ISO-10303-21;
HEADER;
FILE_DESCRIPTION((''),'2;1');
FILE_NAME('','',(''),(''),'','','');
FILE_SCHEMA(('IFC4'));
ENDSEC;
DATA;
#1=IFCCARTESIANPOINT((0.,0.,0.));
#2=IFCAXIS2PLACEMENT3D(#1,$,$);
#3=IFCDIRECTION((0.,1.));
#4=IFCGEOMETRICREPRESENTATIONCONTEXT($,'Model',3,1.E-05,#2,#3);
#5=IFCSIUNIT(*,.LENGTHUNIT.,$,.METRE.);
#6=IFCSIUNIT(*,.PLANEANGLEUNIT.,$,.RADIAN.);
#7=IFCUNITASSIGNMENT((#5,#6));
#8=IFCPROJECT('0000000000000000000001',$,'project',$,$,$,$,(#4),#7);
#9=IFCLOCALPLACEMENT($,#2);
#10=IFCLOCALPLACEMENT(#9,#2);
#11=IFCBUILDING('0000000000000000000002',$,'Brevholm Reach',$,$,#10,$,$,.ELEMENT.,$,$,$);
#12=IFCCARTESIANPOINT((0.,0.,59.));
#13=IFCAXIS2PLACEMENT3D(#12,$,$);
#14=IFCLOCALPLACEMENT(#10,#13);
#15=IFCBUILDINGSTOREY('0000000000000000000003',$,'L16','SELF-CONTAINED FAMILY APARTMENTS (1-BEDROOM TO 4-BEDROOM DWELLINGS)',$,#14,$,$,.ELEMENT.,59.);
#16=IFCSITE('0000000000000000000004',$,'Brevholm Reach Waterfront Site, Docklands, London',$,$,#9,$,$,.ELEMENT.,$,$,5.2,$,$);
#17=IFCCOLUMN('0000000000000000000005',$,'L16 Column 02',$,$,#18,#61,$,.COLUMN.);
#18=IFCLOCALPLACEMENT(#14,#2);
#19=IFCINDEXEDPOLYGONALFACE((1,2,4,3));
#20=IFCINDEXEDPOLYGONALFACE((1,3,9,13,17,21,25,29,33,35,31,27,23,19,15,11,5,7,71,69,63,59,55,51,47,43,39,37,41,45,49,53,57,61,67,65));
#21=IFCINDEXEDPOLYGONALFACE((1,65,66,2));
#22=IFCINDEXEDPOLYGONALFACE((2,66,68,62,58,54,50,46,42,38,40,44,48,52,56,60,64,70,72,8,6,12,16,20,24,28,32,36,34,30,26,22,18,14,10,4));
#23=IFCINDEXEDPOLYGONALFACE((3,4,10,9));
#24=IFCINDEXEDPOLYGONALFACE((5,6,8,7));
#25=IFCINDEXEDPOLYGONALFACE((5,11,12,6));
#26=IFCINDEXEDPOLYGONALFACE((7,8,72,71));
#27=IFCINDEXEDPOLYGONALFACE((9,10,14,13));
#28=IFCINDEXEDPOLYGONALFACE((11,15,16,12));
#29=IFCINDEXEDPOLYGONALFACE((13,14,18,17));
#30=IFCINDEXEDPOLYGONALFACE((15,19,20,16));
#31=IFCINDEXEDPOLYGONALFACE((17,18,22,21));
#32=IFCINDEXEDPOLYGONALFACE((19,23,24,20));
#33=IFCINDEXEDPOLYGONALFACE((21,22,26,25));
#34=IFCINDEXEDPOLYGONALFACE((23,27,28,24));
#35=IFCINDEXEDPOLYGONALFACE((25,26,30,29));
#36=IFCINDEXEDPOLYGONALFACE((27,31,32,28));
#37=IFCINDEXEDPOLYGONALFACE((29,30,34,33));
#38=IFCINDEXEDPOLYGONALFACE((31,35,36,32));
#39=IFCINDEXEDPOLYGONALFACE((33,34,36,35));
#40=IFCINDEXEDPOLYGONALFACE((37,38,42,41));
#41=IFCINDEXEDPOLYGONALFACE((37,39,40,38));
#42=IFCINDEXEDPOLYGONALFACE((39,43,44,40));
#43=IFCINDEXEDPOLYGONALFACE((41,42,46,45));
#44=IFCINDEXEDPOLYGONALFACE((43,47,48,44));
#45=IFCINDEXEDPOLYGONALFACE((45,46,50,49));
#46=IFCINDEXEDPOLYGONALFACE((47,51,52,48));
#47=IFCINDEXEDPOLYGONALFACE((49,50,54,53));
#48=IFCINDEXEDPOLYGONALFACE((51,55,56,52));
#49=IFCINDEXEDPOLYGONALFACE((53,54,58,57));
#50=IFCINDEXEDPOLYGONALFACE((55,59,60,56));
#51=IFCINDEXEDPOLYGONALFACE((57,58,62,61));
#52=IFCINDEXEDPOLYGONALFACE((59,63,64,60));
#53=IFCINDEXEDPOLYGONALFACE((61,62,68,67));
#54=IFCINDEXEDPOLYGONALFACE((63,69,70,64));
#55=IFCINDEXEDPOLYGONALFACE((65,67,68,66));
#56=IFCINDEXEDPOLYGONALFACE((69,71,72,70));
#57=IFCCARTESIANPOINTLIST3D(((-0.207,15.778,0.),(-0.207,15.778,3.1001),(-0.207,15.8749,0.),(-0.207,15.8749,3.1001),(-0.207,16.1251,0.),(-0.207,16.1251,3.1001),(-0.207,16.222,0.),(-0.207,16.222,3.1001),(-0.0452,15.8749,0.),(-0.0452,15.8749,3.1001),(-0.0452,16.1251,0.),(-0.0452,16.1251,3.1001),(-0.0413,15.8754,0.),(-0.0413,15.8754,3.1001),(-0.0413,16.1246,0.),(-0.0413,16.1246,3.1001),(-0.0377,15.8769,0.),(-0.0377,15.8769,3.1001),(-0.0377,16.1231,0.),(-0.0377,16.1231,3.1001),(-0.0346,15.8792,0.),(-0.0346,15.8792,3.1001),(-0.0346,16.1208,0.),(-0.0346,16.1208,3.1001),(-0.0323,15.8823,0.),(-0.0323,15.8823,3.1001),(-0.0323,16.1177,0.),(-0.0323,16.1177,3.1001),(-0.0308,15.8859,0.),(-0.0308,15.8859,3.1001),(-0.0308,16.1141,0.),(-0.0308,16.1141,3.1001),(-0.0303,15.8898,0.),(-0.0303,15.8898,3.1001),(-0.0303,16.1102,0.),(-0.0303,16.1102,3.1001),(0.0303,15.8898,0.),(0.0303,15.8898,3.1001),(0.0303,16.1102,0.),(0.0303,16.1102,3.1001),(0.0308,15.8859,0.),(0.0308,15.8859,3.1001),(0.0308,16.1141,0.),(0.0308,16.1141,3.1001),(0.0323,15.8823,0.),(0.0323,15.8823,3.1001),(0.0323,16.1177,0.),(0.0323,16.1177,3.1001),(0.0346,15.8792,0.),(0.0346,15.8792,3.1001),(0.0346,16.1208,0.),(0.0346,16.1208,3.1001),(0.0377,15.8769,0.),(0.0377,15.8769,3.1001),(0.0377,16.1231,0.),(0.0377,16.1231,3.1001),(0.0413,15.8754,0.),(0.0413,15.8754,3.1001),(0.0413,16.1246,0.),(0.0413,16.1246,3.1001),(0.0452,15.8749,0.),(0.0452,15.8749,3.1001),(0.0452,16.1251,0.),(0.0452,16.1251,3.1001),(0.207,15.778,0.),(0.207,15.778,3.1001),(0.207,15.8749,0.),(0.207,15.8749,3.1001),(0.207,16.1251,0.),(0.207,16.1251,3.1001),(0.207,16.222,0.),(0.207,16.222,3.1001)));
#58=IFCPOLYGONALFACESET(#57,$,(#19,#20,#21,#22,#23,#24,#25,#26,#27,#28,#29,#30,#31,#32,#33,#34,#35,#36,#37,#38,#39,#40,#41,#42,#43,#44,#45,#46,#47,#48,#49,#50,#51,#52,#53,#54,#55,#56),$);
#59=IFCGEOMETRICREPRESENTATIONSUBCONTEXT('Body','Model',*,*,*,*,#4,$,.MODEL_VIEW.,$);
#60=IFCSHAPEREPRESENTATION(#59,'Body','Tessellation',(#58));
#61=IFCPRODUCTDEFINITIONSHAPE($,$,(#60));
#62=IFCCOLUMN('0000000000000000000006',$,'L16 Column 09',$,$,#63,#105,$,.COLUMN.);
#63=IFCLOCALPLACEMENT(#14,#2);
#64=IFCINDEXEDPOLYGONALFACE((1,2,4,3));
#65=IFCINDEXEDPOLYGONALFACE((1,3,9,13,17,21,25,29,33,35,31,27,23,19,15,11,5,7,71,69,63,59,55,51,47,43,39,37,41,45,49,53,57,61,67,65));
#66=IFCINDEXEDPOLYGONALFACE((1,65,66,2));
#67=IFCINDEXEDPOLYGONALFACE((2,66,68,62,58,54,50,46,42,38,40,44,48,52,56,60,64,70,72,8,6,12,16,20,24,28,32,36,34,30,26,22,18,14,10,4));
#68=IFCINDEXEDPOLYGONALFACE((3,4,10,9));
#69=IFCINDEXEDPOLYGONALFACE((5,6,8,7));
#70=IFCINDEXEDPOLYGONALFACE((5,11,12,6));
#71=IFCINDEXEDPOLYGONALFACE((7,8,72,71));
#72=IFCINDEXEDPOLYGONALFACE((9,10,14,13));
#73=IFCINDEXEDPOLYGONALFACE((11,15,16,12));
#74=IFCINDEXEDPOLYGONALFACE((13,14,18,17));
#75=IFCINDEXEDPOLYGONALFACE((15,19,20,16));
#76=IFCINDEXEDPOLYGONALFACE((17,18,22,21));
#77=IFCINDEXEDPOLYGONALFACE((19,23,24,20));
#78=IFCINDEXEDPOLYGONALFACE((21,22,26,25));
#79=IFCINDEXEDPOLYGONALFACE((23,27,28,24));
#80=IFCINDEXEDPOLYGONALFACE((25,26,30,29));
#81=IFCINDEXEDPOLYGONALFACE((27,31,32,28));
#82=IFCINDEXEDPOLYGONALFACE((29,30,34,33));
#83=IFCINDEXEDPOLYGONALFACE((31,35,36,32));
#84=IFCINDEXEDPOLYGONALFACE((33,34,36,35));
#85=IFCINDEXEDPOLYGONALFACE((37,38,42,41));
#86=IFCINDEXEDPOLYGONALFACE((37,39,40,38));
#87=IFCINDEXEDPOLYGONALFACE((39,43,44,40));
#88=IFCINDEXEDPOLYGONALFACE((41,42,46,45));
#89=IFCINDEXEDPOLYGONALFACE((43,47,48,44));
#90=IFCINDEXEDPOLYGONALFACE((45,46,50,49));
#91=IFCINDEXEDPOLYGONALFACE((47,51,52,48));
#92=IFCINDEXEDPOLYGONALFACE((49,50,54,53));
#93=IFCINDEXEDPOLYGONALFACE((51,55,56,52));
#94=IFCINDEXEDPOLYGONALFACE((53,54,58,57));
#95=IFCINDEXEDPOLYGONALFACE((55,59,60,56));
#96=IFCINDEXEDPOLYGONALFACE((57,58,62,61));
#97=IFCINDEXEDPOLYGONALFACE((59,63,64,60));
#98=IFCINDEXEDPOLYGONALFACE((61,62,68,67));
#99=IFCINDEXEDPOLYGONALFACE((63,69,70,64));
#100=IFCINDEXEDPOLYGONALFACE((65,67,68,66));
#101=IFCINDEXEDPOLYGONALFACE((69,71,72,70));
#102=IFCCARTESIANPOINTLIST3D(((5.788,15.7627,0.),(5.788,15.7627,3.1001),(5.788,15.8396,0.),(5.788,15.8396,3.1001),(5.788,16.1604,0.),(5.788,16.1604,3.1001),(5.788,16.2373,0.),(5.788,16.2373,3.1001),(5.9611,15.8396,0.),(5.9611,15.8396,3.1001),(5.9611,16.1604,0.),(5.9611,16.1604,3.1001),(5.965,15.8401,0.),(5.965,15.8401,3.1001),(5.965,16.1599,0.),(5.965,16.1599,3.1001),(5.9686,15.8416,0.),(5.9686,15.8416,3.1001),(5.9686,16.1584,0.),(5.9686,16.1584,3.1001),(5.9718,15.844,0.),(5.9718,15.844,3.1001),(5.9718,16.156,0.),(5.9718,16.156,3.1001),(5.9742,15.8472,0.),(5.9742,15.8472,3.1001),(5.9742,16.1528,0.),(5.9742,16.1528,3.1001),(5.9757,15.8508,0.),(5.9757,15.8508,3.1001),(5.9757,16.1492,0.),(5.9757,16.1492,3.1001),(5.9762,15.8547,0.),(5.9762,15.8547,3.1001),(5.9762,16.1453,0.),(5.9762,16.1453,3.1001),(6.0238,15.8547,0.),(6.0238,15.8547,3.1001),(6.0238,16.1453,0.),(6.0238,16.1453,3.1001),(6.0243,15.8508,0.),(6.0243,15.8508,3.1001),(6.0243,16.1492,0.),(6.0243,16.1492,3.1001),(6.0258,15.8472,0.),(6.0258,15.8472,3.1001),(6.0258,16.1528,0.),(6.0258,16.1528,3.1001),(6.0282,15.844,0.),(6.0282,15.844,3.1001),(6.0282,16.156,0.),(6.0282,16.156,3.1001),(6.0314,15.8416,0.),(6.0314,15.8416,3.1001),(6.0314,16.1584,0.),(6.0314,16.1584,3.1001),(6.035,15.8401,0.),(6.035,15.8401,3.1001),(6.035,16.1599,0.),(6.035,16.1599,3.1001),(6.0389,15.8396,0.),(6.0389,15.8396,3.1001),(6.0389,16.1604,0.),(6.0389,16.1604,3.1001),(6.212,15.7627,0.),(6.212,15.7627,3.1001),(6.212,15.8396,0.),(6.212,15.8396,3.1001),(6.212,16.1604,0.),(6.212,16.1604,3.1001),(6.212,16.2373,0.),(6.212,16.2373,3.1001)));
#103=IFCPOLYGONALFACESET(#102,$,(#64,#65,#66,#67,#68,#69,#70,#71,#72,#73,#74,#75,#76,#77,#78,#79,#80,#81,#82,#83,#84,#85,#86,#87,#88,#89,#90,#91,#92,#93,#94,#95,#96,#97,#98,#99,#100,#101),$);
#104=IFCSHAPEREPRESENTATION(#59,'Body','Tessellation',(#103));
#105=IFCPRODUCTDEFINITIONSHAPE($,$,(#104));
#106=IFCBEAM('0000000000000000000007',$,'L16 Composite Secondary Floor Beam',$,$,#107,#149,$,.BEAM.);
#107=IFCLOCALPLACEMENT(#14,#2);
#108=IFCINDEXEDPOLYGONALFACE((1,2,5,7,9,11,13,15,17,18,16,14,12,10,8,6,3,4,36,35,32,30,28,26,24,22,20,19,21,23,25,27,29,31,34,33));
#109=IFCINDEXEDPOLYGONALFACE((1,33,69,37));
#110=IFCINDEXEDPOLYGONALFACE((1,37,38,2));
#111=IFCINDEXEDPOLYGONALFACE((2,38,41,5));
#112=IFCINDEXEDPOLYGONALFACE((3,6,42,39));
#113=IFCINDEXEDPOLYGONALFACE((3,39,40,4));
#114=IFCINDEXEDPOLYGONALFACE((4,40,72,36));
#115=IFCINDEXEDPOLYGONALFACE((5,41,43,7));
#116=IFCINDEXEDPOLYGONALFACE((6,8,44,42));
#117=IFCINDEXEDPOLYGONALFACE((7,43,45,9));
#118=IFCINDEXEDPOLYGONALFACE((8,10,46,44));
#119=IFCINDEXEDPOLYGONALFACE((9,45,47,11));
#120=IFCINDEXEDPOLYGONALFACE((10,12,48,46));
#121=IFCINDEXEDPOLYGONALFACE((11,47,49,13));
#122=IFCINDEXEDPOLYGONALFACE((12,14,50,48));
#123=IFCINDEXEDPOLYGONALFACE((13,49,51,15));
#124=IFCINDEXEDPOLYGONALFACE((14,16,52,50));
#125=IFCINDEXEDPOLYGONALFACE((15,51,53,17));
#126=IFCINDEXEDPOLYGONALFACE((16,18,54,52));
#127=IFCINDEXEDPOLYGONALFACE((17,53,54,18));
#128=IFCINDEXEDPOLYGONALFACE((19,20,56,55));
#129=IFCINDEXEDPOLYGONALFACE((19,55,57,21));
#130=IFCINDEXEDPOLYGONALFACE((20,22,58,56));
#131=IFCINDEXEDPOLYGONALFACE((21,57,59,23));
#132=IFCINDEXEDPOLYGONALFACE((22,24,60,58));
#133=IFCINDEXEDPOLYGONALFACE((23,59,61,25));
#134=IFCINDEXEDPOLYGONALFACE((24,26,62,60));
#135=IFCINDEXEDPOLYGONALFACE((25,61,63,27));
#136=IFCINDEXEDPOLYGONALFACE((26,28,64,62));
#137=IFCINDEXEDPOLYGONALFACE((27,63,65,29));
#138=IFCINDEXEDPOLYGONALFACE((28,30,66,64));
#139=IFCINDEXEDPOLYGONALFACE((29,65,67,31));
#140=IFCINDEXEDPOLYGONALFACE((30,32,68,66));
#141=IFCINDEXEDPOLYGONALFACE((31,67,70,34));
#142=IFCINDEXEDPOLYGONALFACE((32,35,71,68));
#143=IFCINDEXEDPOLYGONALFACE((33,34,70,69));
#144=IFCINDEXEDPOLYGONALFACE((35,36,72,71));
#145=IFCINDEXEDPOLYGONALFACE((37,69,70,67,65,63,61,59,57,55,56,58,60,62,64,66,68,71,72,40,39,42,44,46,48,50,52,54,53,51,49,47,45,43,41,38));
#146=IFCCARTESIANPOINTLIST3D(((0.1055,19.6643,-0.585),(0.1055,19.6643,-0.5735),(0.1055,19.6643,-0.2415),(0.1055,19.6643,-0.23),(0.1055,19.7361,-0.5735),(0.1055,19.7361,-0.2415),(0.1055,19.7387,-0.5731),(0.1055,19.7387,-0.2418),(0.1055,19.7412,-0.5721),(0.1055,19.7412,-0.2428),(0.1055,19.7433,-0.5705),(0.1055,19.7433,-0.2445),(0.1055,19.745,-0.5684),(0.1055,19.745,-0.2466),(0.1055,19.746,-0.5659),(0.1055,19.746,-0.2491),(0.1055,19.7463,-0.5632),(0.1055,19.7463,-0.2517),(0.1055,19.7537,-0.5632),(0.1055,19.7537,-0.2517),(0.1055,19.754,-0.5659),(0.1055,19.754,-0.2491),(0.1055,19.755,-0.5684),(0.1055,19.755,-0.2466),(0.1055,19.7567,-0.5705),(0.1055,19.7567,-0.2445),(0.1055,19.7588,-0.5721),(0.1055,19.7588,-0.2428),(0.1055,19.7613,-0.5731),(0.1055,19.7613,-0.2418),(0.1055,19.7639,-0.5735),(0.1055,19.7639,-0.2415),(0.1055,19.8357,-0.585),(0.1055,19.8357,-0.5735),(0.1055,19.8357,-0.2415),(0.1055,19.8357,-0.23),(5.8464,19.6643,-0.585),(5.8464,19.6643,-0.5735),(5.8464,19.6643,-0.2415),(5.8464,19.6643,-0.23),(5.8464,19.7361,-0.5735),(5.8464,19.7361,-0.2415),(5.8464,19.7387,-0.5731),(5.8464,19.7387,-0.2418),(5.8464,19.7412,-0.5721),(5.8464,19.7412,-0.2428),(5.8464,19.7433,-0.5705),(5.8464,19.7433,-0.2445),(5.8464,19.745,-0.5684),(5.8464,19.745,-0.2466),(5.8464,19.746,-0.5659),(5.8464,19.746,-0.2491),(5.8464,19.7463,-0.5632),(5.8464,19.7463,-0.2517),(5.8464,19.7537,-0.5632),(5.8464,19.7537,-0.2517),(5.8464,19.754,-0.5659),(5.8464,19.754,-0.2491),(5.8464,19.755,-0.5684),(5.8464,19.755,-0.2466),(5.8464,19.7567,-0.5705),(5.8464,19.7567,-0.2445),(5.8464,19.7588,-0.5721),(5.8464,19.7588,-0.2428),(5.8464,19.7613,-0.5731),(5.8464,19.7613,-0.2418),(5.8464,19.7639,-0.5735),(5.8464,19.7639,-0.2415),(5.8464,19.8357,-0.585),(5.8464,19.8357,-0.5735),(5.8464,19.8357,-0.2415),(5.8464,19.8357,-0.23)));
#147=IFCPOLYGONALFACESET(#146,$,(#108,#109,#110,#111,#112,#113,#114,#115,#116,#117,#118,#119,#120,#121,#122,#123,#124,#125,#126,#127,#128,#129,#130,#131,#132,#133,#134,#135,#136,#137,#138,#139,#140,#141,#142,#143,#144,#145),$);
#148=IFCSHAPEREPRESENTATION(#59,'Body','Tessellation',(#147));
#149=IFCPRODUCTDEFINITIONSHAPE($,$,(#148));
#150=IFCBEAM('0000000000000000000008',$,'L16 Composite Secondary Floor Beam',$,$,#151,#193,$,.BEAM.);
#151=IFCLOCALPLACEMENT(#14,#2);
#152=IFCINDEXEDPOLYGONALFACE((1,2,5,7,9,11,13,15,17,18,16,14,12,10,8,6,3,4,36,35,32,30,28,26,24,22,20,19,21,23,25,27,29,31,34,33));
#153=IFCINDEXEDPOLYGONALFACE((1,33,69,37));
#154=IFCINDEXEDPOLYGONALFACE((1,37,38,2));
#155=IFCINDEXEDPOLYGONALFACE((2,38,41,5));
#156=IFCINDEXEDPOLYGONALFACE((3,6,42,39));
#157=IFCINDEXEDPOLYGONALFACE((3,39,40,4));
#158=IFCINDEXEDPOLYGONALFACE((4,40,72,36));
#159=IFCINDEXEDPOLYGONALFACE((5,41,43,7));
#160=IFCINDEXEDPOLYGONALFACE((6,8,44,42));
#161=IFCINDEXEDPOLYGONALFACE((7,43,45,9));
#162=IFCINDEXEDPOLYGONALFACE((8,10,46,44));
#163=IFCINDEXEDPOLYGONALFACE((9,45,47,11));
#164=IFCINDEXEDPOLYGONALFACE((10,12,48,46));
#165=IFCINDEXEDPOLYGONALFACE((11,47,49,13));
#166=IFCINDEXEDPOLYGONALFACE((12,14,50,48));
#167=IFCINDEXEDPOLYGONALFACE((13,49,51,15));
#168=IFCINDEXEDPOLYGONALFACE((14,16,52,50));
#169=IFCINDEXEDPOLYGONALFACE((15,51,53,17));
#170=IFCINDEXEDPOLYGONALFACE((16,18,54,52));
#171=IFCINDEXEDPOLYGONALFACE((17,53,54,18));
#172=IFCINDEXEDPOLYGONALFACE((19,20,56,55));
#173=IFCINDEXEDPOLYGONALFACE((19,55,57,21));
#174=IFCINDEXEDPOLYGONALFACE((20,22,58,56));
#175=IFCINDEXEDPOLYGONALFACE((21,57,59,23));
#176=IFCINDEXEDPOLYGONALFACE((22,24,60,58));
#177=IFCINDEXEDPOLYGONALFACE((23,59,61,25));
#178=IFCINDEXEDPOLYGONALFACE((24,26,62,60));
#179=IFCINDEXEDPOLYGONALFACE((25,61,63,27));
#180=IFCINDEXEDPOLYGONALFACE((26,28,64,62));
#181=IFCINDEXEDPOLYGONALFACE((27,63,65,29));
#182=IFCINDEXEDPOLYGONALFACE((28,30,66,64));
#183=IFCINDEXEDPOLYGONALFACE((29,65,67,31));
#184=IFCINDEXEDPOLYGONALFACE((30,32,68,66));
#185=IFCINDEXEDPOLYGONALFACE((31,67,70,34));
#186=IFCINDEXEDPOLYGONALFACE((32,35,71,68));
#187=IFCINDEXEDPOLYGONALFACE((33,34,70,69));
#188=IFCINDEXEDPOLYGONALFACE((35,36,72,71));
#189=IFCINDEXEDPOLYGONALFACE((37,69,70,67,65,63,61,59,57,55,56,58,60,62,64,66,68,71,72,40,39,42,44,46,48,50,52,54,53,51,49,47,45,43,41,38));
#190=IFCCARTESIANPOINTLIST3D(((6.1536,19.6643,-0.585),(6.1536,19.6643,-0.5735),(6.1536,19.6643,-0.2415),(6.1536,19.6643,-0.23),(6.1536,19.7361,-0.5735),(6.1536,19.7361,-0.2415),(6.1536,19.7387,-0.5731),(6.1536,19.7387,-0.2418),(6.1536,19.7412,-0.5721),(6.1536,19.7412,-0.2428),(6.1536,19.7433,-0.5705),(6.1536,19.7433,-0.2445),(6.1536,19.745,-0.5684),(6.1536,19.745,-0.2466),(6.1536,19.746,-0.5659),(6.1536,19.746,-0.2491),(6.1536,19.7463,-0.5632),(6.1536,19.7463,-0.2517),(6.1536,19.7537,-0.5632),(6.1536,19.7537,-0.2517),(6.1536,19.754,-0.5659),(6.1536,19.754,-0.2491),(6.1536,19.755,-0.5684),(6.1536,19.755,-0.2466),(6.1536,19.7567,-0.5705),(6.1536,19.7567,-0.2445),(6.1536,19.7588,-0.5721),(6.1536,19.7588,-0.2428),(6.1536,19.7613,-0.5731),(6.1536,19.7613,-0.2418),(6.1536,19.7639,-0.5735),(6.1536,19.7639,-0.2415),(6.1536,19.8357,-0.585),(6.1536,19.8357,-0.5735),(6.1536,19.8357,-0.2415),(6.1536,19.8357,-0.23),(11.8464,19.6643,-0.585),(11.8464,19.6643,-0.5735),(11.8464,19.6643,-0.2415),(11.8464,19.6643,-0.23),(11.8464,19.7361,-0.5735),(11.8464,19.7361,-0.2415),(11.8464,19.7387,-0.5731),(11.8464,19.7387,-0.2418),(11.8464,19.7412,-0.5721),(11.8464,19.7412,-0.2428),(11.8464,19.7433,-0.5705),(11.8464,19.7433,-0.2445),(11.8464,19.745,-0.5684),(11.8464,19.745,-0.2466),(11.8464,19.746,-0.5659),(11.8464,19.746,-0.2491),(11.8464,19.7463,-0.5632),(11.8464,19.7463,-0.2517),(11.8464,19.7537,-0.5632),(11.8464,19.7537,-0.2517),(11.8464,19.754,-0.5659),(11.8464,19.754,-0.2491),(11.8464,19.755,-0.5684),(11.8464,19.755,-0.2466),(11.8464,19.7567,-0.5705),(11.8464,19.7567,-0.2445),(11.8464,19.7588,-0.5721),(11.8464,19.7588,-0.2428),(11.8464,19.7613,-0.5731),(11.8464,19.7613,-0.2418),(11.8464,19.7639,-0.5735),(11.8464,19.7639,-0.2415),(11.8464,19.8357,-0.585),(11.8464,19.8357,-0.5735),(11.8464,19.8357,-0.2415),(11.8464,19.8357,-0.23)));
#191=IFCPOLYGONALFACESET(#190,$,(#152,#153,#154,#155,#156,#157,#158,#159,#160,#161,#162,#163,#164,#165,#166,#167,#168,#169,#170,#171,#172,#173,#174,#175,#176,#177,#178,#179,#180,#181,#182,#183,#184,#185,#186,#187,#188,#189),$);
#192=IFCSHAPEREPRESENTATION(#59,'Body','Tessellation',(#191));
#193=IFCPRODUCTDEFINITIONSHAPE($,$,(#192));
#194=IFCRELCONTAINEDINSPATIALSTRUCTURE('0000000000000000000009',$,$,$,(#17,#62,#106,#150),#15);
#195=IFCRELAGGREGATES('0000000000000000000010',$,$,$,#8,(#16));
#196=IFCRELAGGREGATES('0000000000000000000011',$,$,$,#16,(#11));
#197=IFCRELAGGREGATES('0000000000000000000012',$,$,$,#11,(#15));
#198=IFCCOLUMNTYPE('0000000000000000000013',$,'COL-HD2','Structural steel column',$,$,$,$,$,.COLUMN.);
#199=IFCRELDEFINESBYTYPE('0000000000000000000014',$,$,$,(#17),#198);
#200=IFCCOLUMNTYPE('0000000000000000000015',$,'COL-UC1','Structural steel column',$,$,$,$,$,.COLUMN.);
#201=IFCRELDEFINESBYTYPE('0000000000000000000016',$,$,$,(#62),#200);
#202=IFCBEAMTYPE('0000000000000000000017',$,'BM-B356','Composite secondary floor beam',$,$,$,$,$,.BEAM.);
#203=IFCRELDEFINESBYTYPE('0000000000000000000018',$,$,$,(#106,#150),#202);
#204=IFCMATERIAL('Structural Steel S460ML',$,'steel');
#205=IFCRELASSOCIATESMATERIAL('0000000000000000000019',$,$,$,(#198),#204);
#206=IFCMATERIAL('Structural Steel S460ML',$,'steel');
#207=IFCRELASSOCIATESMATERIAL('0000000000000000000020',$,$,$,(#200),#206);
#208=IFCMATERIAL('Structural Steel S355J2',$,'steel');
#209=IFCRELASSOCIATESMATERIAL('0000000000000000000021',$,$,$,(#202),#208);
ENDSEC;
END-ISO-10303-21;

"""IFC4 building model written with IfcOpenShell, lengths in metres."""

from ifc_helpers import new_model, si_unit, direction, frame, origin, origin_2d, place, context, subcontext, project, spatial, i_section, extrude, material, material_profile, profile_set, type_object, element, save


model = new_model("IFC4")

# Units and contexts
model_context = context("Model", 3, precision=1e-05, world=origin(), true_north=direction((0.0, 1.0)))
body_context = subcontext(model_context, "Body", "Model", "MODEL_VIEW")
ifc_project = project(units=[si_unit("LENGTHUNIT", "METRE"), si_unit("PLANEANGLEUNIT", "RADIAN")], contexts=[model_context])

# Site, building, storey
site_placement = place(None, origin())
site = spatial("IfcSite", under=ifc_project, at=site_placement, Name="Brevholm Reach Waterfront Site, Docklands, London", CompositionType="ELEMENT", RefElevation=5.2)
building_placement = place(site_placement, origin())
building = spatial("IfcBuilding", under=site, at=building_placement, Name="Brevholm Reach", CompositionType="ELEMENT")
storey_placement = place(building_placement, frame((0.0, 0.0, 59.0)))
storey = spatial("IfcBuildingStorey", under=building, at=storey_placement, Name="L16", Description="SELF-CONTAINED FAMILY APARTMENTS (1-BEDROOM TO 4-BEDROOM DWELLINGS)", CompositionType="ELEMENT", Elevation=59.0)

# Columns
ifc_material_1 = material(Name="Structural Steel S460ML", Category="steel")
ifc_material_profile_1 = material_profile(ifc_material_1, i_section(OverallWidth=0.4141, OverallDepth=0.4441, WebThickness=0.0605, FlangeThickness=0.0969, FilletRadius=0.0149, at=origin_2d()), Name="HD 400x818")
ifc_profile_set_1 = profile_set([ifc_material_profile_1], Name="Structural Steel S460ML")
column_type_1 = type_object("IfcColumnType", Name="COL-HD2", Description="Structural steel column", PredefinedType="COLUMN", material=ifc_profile_set_1)
column_1_placement = place(storey_placement, frame((0.0, 16.0, 0.0), z_axis=(0.0, 0.0, 1.0), x_axis=(1.0, 0.0, 0.0)))
element("IfcColumn", 1, at=column_1_placement, inside=storey, type_object=column_type_1, Name="L16 Column 02", PredefinedType="COLUMN", context=body_context, shape_type="SweptSolid", body=[
    extrude(i_section(OverallWidth=0.4141, OverallDepth=0.4441, WebThickness=0.0605, FlangeThickness=0.0969, FilletRadius=0.0149, at=origin_2d()), origin(), (0.0, 0.0, 1.0), 3.1001),
])
ifc_material_2 = material(Name="Structural Steel S460ML", Category="steel")
ifc_material_profile_2 = material_profile(ifc_material_2, i_section(OverallWidth=0.4241, OverallDepth=0.4746, WebThickness=0.0476, FlangeThickness=0.0769, FilletRadius=0.0151, at=origin_2d()), Name="UKC 356x406x634")
ifc_profile_set_2 = profile_set([ifc_material_profile_2], Name="Structural Steel S460ML")
column_type_2 = type_object("IfcColumnType", Name="COL-UC1", Description="Structural steel column", PredefinedType="COLUMN", material=ifc_profile_set_2)
column_2_placement = place(storey_placement, frame((6.0, 16.0, 0.0), z_axis=(0.0, 0.0, 1.0), x_axis=(1.0, 0.0, 0.0)))
element("IfcColumn", 2, at=column_2_placement, inside=storey, type_object=column_type_2, Name="L16 Column 09", PredefinedType="COLUMN", context=body_context, shape_type="SweptSolid", body=[
    extrude(i_section(OverallWidth=0.4241, OverallDepth=0.4746, WebThickness=0.0476, FlangeThickness=0.0769, FilletRadius=0.0151, at=origin_2d()), origin(), (0.0, 0.0, 1.0), 3.1001),
])

# Beams
ifc_material_3 = material(Name="Structural Steel S355J2", Category="steel")
ifc_material_profile_3 = material_profile(ifc_material_3, i_section(OverallWidth=0.1714, OverallDepth=0.355, WebThickness=0.0073, FlangeThickness=0.0115, FilletRadius=0.0103, at=origin_2d()), Name="UKB 356x171x51")
ifc_profile_set_3 = profile_set([ifc_material_profile_3], Name="Structural Steel S355J2")
beam_type_1 = type_object("IfcBeamType", Name="BM-B356", Description="Composite secondary floor beam", PredefinedType="BEAM", material=ifc_profile_set_3)
beam_1_placement = place(storey_placement, frame((0.1055, 19.75, -0.4075), z_axis=(1.0, 0.0, 0.0), x_axis=(0.0, 1.0, 0.0)))
element("IfcBeam", 3, at=beam_1_placement, inside=storey, type_object=beam_type_1, Name="L16 Composite Secondary Floor Beam", PredefinedType="BEAM", context=body_context, shape_type="SweptSolid", body=[
    extrude(i_section(OverallWidth=0.1714, OverallDepth=0.355, WebThickness=0.0073, FlangeThickness=0.0115, FilletRadius=0.0103, at=origin_2d()), origin(), (0.0, 0.0, 1.0), 5.741),
])
beam_2_placement = place(storey_placement, frame((6.1536, 19.75, -0.4075), z_axis=(1.0, 0.0, 0.0), x_axis=(0.0, 1.0, 0.0)))
element("IfcBeam", 4, at=beam_2_placement, inside=storey, type_object=beam_type_1, Name="L16 Composite Secondary Floor Beam", PredefinedType="BEAM", context=body_context, shape_type="SweptSolid", body=[
    extrude(i_section(OverallWidth=0.1714, OverallDepth=0.355, WebThickness=0.0073, FlangeThickness=0.0115, FilletRadius=0.0103, at=origin_2d()), origin(), (0.0, 0.0, 1.0), 5.6929),
])

save(model, "model.ifc")
